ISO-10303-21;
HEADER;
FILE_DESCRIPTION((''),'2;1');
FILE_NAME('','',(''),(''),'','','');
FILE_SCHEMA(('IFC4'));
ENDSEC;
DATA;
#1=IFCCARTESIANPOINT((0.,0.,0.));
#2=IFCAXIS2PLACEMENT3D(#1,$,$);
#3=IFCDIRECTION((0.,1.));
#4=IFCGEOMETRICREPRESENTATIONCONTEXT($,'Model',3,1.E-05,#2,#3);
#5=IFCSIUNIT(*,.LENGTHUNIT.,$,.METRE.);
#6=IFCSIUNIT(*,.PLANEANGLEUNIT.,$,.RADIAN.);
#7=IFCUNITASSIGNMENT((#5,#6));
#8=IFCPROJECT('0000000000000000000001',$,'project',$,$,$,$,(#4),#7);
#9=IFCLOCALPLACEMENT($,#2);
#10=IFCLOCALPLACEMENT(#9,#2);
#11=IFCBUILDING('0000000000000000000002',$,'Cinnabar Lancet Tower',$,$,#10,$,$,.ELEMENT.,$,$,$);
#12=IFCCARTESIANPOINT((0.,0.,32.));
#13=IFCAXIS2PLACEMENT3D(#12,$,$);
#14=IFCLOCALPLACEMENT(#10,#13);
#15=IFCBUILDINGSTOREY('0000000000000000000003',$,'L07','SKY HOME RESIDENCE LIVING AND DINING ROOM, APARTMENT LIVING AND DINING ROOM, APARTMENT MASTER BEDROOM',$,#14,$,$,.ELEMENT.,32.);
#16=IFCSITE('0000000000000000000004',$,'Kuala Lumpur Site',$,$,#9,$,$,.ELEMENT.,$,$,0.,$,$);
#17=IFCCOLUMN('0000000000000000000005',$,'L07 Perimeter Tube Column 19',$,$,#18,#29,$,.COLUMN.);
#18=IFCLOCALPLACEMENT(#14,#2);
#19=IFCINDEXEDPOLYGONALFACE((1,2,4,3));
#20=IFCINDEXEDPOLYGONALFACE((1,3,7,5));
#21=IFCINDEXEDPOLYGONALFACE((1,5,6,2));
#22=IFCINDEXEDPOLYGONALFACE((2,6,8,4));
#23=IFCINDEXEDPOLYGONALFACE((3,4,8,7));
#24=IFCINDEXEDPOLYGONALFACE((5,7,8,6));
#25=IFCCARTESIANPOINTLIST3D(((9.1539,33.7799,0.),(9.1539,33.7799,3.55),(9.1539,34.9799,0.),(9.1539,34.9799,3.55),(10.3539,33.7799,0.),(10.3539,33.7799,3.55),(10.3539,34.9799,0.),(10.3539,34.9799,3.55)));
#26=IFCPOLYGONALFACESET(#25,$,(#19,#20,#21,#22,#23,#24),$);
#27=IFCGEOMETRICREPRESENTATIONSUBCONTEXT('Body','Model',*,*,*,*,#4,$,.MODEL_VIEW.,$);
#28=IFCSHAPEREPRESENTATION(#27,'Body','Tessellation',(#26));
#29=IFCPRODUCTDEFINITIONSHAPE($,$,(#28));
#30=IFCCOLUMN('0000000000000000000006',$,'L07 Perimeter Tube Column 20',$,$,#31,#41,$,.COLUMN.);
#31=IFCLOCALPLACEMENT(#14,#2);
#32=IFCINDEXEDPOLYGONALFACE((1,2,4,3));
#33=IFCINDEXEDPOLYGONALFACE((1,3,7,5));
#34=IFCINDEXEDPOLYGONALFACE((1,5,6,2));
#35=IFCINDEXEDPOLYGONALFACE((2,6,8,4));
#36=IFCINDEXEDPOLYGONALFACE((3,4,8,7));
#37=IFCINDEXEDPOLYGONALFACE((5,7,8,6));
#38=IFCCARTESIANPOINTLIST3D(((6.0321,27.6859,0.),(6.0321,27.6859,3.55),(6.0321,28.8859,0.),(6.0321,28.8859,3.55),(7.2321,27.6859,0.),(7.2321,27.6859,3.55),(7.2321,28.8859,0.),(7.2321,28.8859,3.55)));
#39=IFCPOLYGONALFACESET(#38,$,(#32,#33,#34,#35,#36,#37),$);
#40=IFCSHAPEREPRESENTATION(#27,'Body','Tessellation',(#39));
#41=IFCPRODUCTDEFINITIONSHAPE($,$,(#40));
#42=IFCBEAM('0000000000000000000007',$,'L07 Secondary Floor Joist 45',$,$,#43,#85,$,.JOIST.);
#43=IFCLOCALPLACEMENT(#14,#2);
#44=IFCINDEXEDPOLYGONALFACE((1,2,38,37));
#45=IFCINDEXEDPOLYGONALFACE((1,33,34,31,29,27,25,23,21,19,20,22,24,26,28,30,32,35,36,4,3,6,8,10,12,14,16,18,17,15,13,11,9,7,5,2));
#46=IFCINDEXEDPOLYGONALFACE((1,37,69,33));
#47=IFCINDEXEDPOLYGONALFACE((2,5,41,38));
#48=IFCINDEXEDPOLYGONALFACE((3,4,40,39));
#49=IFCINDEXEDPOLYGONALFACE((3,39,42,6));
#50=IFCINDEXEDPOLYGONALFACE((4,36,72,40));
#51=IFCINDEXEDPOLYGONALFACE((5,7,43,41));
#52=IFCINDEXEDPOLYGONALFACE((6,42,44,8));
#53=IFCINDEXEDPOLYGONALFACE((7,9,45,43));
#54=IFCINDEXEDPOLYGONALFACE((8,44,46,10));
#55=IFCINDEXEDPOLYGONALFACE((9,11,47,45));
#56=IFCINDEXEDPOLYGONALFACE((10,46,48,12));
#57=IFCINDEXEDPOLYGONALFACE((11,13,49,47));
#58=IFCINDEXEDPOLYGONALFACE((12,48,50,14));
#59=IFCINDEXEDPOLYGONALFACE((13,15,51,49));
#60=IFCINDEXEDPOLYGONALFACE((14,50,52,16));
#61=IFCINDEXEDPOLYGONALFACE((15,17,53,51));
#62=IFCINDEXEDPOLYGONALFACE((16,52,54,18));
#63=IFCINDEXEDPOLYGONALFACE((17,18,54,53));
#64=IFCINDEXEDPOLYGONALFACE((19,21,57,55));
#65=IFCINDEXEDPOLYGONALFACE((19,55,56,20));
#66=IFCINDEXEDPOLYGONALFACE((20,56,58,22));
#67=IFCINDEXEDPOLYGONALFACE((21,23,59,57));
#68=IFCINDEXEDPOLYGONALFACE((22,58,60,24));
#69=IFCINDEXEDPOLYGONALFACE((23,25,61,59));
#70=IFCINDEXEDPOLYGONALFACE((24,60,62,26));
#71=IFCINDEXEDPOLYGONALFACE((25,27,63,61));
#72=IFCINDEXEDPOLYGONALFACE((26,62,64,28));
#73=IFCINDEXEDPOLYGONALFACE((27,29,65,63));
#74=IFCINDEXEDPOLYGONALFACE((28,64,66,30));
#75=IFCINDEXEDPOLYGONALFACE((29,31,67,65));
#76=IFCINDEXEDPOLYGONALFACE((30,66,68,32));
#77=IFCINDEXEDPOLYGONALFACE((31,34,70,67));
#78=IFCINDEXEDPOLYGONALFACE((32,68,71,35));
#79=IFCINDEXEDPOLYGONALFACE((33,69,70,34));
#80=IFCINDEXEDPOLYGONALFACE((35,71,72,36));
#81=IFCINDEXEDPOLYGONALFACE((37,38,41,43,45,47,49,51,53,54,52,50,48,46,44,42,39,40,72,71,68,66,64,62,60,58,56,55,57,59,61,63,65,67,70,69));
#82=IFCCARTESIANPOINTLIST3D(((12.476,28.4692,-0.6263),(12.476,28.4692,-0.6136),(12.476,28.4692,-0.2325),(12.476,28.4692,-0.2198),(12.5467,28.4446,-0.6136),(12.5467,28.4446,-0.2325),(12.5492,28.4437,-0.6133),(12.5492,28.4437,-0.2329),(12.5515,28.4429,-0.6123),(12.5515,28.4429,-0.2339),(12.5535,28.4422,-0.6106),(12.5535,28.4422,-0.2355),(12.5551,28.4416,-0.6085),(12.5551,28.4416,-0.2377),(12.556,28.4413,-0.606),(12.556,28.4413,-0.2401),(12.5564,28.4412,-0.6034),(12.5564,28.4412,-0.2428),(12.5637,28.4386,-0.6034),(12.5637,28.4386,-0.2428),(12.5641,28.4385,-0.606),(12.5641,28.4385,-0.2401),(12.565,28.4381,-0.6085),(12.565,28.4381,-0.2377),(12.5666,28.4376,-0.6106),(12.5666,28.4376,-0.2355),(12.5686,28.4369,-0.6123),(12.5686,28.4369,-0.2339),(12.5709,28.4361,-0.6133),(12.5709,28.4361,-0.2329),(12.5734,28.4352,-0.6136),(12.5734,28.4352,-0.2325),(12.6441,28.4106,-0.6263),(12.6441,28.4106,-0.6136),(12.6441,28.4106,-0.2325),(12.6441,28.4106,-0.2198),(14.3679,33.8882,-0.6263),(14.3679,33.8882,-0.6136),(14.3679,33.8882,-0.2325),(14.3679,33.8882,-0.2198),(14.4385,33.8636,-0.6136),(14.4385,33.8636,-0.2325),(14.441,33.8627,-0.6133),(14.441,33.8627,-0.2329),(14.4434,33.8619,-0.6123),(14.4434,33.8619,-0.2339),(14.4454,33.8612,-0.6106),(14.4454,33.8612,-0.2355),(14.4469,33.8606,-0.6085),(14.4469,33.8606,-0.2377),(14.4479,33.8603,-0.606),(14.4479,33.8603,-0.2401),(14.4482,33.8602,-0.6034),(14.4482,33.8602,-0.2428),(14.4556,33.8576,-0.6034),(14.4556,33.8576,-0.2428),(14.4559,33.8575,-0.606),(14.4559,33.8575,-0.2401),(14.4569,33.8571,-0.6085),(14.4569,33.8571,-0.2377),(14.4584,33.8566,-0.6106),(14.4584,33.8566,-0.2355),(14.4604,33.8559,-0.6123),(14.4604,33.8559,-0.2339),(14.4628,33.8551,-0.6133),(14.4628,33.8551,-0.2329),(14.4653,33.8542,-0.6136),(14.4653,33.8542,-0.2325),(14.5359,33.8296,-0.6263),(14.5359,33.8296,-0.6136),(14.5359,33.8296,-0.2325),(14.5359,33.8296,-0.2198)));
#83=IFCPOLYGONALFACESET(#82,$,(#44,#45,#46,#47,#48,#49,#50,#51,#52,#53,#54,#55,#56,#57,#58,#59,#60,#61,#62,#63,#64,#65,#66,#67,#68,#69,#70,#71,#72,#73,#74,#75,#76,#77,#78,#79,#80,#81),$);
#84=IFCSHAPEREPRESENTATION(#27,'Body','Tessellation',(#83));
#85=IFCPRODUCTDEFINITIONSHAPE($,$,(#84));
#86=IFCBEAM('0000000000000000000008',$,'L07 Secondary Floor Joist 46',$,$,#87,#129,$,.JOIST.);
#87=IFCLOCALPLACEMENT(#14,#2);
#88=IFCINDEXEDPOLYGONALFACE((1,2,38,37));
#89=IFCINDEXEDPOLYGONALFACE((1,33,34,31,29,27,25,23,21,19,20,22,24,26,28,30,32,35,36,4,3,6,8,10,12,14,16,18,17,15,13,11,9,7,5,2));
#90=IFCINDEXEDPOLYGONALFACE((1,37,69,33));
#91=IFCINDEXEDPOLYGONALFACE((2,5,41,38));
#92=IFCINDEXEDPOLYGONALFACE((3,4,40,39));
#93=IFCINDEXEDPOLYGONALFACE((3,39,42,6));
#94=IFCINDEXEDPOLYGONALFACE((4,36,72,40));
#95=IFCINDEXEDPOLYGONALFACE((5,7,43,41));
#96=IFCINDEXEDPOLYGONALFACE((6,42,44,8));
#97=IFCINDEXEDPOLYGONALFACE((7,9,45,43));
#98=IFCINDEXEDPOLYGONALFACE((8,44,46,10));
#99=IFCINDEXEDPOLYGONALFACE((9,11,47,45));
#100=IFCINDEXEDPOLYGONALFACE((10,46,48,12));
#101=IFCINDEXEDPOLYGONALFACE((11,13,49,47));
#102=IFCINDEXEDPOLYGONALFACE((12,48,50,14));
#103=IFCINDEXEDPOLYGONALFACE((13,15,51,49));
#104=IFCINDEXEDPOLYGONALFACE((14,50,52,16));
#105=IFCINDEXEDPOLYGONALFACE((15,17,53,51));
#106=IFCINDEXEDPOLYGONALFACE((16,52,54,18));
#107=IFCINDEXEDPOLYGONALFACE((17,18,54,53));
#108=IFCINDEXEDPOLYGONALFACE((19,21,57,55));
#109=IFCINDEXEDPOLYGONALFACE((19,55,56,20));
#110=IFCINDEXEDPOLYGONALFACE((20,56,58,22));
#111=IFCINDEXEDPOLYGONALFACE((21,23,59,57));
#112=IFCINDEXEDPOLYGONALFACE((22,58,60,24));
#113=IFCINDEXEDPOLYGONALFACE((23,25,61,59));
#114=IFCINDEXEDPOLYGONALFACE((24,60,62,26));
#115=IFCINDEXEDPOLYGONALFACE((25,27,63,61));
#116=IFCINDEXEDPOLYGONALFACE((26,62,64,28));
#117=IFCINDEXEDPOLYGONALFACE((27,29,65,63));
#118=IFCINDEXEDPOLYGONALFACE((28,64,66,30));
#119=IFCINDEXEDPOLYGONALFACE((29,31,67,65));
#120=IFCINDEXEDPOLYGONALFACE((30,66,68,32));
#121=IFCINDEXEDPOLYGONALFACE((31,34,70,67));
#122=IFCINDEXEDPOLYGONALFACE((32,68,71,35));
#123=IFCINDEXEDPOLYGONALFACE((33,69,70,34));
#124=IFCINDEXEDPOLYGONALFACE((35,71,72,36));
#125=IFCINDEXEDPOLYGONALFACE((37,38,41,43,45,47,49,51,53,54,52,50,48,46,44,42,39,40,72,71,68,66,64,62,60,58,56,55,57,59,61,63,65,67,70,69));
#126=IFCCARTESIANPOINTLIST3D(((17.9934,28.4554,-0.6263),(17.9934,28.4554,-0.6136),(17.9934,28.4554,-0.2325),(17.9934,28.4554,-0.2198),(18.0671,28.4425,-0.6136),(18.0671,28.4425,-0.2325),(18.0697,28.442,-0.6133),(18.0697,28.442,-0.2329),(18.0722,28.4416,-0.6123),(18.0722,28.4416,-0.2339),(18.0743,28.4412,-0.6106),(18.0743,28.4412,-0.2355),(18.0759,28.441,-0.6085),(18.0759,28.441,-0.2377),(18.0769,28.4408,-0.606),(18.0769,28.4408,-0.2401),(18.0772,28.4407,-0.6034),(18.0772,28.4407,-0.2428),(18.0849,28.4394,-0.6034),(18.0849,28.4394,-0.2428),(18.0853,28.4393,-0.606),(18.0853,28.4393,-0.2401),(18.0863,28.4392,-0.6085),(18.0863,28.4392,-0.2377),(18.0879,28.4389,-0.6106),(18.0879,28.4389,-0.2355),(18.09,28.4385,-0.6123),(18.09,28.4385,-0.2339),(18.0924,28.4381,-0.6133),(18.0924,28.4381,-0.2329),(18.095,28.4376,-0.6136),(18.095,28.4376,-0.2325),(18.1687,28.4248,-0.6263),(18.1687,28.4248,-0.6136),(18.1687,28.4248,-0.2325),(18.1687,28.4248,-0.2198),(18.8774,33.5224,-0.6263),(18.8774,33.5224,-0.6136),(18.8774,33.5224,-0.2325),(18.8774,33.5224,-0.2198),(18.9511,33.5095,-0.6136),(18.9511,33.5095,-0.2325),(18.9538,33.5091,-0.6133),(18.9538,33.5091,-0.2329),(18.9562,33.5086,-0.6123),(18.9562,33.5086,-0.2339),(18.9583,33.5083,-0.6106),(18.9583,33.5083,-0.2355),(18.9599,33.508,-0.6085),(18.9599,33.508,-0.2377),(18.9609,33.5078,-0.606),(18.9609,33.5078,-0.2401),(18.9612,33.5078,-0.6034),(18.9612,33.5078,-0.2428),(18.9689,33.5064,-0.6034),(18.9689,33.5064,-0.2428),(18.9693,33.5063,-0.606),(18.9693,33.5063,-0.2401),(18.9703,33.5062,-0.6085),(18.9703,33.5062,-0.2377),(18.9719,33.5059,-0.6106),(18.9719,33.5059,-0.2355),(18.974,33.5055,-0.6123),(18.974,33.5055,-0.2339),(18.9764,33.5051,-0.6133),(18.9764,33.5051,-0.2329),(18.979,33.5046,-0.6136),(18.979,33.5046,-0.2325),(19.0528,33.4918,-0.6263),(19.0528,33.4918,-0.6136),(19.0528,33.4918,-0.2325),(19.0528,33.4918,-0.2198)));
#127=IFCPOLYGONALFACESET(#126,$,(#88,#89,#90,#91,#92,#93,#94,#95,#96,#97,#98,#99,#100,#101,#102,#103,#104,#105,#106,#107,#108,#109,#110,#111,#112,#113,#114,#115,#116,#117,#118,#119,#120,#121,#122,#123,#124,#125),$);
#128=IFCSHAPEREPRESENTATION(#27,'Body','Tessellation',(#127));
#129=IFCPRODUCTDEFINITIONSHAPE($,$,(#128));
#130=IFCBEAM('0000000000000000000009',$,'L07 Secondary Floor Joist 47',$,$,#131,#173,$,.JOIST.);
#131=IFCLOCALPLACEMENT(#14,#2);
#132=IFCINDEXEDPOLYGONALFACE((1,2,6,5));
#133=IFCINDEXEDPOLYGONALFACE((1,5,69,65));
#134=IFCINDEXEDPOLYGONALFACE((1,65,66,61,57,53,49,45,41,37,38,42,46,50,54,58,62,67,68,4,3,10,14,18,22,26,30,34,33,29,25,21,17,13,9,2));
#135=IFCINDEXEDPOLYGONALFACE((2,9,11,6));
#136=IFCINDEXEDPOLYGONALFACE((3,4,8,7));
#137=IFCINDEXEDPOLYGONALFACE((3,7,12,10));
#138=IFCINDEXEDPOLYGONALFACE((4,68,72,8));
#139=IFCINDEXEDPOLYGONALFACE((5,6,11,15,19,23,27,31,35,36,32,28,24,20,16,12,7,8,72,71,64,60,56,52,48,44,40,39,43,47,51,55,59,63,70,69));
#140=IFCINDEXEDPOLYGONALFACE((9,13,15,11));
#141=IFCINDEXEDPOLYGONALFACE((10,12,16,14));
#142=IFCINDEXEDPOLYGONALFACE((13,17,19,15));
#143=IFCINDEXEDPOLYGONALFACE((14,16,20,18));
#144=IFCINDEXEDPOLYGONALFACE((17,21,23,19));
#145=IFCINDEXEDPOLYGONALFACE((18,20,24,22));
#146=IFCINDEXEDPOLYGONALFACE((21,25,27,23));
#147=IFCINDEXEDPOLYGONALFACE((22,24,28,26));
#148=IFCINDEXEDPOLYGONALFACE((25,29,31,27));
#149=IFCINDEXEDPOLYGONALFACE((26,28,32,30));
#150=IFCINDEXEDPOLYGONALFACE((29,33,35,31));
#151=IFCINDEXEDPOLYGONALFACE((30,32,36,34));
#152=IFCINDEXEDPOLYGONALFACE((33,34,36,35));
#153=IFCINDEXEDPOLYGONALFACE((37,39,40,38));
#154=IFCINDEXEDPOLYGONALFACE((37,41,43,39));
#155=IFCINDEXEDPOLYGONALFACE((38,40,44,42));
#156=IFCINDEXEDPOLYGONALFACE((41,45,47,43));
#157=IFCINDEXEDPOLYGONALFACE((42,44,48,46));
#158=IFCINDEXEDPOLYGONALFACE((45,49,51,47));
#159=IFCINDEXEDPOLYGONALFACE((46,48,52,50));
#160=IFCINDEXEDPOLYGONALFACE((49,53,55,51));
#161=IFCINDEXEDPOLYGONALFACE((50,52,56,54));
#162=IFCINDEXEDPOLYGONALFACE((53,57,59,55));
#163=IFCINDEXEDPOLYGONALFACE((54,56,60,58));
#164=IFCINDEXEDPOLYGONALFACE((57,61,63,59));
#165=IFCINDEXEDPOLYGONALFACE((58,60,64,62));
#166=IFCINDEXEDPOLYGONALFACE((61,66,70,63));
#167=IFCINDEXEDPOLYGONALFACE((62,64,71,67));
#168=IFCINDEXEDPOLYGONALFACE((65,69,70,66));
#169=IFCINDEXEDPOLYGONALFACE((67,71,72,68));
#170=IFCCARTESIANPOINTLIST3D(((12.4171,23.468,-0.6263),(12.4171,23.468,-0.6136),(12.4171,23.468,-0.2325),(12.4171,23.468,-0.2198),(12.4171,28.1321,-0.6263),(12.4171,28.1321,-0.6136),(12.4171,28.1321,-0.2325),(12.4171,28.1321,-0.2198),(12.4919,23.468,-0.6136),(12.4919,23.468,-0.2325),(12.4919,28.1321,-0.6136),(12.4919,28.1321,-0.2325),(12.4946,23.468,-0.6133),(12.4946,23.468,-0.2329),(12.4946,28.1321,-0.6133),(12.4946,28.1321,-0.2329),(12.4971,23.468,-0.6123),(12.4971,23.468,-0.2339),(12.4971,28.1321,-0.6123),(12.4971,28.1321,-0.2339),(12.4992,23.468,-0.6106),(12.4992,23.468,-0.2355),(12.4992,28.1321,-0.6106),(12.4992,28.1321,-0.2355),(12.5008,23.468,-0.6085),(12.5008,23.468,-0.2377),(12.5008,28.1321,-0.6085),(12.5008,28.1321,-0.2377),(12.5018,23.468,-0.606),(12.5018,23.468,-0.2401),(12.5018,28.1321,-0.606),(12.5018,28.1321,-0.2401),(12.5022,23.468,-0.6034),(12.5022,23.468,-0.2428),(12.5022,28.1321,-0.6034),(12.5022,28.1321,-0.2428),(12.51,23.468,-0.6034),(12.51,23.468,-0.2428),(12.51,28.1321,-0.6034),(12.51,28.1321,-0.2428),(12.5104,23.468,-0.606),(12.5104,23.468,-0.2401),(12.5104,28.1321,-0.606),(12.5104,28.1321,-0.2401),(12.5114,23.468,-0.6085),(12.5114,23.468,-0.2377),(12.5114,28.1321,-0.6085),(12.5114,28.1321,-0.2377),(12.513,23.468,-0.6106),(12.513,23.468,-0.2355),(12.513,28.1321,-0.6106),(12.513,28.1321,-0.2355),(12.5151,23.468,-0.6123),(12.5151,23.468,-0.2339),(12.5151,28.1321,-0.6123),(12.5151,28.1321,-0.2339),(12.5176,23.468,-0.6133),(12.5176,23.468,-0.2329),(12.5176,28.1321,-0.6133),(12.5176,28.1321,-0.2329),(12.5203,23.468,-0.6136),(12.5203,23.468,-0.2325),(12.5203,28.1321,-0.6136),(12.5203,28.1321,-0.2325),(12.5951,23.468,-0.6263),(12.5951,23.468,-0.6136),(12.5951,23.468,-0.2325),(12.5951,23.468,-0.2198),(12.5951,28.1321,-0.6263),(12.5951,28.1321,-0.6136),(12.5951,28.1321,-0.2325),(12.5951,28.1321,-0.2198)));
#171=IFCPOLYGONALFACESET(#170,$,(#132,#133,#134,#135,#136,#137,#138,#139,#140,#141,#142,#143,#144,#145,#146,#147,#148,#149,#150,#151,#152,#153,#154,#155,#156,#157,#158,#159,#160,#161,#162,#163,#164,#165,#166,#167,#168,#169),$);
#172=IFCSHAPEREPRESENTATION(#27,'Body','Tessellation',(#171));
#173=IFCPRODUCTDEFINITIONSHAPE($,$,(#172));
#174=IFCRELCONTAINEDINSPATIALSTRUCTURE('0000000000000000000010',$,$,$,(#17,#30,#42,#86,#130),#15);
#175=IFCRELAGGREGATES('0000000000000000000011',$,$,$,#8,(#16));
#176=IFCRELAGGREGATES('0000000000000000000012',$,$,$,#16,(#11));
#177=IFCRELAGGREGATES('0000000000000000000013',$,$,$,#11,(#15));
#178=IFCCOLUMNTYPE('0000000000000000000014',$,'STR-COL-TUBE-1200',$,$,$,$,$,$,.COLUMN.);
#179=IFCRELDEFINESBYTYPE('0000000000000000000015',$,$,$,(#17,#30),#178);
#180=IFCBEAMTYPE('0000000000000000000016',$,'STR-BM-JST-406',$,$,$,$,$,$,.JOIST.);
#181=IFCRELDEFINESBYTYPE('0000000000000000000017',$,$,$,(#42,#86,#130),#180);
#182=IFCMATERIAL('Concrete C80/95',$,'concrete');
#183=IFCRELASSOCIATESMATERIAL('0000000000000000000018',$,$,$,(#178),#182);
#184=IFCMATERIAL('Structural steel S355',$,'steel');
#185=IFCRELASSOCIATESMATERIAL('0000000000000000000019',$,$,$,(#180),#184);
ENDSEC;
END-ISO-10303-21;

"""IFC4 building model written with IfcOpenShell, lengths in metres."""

from ifc_helpers import new_model, si_unit, direction, frame, origin, origin_2d, place, context, subcontext, project, spatial, rectangle, i_section, extrude, material, material_profile, profile_set, type_object, element, save


model = new_model("IFC4")

# Units and contexts
model_context = context("Model", 3, precision=1e-05, world=origin(), true_north=direction((0.0, 1.0)))
body_context = subcontext(model_context, "Body", "Model", "MODEL_VIEW")
ifc_project = project(units=[si_unit("LENGTHUNIT", "METRE"), si_unit("PLANEANGLEUNIT", "RADIAN")], contexts=[model_context])

# Site, building, storey
site_placement = place(None, origin())
site = spatial("IfcSite", under=ifc_project, at=site_placement, Name="Kuala Lumpur Site", CompositionType="ELEMENT", RefElevation=0.0)
building_placement = place(site_placement, origin())
building = spatial("IfcBuilding", under=site, at=building_placement, Name="Cinnabar Lancet Tower", CompositionType="ELEMENT")
storey_placement = place(building_placement, frame((0.0, 0.0, 32.0)))
storey = spatial("IfcBuildingStorey", under=building, at=storey_placement, Name="L07", Description="SKY HOME RESIDENCE LIVING AND DINING ROOM, APARTMENT LIVING AND DINING ROOM, APARTMENT MASTER BEDROOM", CompositionType="ELEMENT", Elevation=32.0)

# Columns
ifc_material_1 = material(Name="Concrete C80/95", Category="concrete")
ifc_material_profile_1 = material_profile(ifc_material_1, rectangle(XDim=1.2, YDim=1.2, at=origin_2d()), Name="RC-COL 1200x1200")
ifc_profile_set_1 = profile_set([ifc_material_profile_1], Name="Concrete C80/95")
column_type = type_object("IfcColumnType", Name="STR-COL-TUBE-1200", PredefinedType="COLUMN", material=ifc_profile_set_1)
for number, where, z_axis, x_axis, name in (
    (1, (9.7539, 34.3799, 0.0), (0.0, 0.0, 1.0), (1.0, 0.0, 0.0), "L07 Perimeter Tube Column 19"),
    (2, (6.6321, 28.2859, 0.0), (0.0, 0.0, 1.0), (1.0, 0.0, 0.0), "L07 Perimeter Tube Column 20"),
):
    element("IfcColumn", number, at=place(storey_placement, frame(where, z_axis=z_axis, x_axis=x_axis)), inside=storey, type_object=column_type, Name=name, PredefinedType="COLUMN", context=body_context, shape_type="SweptSolid", body=[
        extrude(rectangle(XDim=1.2, YDim=1.2, at=origin_2d()), origin(), (0.0, 0.0, 1.0), 3.55),
    ])

# Beams
ifc_material_2 = material(Name="Structural steel S355", Category="steel")
ifc_material_profile_2 = material_profile(ifc_material_2, i_section(OverallWidth=0.178, OverallDepth=0.4065, WebThickness=0.0078, FlangeThickness=0.0127, FilletRadius=0.0103, at=origin_2d()), Name="UKB 406x178x60")
ifc_profile_set_2 = profile_set([ifc_material_profile_2], Name="Structural steel S355")
beam_type_1 = type_object("IfcBeamType", Name="STR-BM-JST-406", PredefinedType="JOIST", material=ifc_profile_set_2)
beam_1_placement = place(storey_placement, frame((14.4519, 33.8589, -0.4231), z_axis=(-0.329608, -0.944118, 0.0), x_axis=(0.944118, -0.329608, 0.0)))
element("IfcBeam", 3, at=beam_1_placement, inside=storey, type_object=beam_type_1, Name="L07 Secondary Floor Joist 45", PredefinedType="JOIST", context=body_context, shape_type="SweptSolid", body=[
    extrude(i_section(OverallWidth=0.178, OverallDepth=0.4065, WebThickness=0.0078, FlangeThickness=0.0127, FilletRadius=0.0103, at=origin_2d()), origin(), (0.0, 0.0, 1.0), 5.7397),
])
beam_2_placement = place(storey_placement, frame((18.9651, 33.5071, -0.4231), z_axis=(-0.171868, -0.98512, 0.0), x_axis=(0.98512, -0.171868, 0.0)))
element("IfcBeam", 4, at=beam_2_placement, inside=storey, type_object=beam_type_1, Name="L07 Secondary Floor Joist 46", PredefinedType="JOIST", context=body_context, shape_type="SweptSolid", body=[
    extrude(i_section(OverallWidth=0.178, OverallDepth=0.4065, WebThickness=0.0078, FlangeThickness=0.0127, FilletRadius=0.0103, at=origin_2d()), origin(), (0.0, 0.0, 1.0), 5.1436),
])
for number, where, z_axis, x_axis, name in (
    (5, (12.5061, 28.1321, -0.4231), (0.0, -1.0, 0.0), (1.0, 0.0, 0.0), "L07 Secondary Floor Joist 47"),
):
    element("IfcBeam", number, at=place(storey_placement, frame(where, z_axis=z_axis, x_axis=x_axis)), inside=storey, type_object=beam_type_1, Name=name, PredefinedType="JOIST", context=body_context, shape_type="SweptSolid", body=[
        extrude(i_section(OverallWidth=0.178, OverallDepth=0.4065, WebThickness=0.0078, FlangeThickness=0.0127, FilletRadius=0.0103, at=origin_2d()), origin(), (0.0, 0.0, 1.0), 4.6641),
    ])

save(model, "model.ifc")
